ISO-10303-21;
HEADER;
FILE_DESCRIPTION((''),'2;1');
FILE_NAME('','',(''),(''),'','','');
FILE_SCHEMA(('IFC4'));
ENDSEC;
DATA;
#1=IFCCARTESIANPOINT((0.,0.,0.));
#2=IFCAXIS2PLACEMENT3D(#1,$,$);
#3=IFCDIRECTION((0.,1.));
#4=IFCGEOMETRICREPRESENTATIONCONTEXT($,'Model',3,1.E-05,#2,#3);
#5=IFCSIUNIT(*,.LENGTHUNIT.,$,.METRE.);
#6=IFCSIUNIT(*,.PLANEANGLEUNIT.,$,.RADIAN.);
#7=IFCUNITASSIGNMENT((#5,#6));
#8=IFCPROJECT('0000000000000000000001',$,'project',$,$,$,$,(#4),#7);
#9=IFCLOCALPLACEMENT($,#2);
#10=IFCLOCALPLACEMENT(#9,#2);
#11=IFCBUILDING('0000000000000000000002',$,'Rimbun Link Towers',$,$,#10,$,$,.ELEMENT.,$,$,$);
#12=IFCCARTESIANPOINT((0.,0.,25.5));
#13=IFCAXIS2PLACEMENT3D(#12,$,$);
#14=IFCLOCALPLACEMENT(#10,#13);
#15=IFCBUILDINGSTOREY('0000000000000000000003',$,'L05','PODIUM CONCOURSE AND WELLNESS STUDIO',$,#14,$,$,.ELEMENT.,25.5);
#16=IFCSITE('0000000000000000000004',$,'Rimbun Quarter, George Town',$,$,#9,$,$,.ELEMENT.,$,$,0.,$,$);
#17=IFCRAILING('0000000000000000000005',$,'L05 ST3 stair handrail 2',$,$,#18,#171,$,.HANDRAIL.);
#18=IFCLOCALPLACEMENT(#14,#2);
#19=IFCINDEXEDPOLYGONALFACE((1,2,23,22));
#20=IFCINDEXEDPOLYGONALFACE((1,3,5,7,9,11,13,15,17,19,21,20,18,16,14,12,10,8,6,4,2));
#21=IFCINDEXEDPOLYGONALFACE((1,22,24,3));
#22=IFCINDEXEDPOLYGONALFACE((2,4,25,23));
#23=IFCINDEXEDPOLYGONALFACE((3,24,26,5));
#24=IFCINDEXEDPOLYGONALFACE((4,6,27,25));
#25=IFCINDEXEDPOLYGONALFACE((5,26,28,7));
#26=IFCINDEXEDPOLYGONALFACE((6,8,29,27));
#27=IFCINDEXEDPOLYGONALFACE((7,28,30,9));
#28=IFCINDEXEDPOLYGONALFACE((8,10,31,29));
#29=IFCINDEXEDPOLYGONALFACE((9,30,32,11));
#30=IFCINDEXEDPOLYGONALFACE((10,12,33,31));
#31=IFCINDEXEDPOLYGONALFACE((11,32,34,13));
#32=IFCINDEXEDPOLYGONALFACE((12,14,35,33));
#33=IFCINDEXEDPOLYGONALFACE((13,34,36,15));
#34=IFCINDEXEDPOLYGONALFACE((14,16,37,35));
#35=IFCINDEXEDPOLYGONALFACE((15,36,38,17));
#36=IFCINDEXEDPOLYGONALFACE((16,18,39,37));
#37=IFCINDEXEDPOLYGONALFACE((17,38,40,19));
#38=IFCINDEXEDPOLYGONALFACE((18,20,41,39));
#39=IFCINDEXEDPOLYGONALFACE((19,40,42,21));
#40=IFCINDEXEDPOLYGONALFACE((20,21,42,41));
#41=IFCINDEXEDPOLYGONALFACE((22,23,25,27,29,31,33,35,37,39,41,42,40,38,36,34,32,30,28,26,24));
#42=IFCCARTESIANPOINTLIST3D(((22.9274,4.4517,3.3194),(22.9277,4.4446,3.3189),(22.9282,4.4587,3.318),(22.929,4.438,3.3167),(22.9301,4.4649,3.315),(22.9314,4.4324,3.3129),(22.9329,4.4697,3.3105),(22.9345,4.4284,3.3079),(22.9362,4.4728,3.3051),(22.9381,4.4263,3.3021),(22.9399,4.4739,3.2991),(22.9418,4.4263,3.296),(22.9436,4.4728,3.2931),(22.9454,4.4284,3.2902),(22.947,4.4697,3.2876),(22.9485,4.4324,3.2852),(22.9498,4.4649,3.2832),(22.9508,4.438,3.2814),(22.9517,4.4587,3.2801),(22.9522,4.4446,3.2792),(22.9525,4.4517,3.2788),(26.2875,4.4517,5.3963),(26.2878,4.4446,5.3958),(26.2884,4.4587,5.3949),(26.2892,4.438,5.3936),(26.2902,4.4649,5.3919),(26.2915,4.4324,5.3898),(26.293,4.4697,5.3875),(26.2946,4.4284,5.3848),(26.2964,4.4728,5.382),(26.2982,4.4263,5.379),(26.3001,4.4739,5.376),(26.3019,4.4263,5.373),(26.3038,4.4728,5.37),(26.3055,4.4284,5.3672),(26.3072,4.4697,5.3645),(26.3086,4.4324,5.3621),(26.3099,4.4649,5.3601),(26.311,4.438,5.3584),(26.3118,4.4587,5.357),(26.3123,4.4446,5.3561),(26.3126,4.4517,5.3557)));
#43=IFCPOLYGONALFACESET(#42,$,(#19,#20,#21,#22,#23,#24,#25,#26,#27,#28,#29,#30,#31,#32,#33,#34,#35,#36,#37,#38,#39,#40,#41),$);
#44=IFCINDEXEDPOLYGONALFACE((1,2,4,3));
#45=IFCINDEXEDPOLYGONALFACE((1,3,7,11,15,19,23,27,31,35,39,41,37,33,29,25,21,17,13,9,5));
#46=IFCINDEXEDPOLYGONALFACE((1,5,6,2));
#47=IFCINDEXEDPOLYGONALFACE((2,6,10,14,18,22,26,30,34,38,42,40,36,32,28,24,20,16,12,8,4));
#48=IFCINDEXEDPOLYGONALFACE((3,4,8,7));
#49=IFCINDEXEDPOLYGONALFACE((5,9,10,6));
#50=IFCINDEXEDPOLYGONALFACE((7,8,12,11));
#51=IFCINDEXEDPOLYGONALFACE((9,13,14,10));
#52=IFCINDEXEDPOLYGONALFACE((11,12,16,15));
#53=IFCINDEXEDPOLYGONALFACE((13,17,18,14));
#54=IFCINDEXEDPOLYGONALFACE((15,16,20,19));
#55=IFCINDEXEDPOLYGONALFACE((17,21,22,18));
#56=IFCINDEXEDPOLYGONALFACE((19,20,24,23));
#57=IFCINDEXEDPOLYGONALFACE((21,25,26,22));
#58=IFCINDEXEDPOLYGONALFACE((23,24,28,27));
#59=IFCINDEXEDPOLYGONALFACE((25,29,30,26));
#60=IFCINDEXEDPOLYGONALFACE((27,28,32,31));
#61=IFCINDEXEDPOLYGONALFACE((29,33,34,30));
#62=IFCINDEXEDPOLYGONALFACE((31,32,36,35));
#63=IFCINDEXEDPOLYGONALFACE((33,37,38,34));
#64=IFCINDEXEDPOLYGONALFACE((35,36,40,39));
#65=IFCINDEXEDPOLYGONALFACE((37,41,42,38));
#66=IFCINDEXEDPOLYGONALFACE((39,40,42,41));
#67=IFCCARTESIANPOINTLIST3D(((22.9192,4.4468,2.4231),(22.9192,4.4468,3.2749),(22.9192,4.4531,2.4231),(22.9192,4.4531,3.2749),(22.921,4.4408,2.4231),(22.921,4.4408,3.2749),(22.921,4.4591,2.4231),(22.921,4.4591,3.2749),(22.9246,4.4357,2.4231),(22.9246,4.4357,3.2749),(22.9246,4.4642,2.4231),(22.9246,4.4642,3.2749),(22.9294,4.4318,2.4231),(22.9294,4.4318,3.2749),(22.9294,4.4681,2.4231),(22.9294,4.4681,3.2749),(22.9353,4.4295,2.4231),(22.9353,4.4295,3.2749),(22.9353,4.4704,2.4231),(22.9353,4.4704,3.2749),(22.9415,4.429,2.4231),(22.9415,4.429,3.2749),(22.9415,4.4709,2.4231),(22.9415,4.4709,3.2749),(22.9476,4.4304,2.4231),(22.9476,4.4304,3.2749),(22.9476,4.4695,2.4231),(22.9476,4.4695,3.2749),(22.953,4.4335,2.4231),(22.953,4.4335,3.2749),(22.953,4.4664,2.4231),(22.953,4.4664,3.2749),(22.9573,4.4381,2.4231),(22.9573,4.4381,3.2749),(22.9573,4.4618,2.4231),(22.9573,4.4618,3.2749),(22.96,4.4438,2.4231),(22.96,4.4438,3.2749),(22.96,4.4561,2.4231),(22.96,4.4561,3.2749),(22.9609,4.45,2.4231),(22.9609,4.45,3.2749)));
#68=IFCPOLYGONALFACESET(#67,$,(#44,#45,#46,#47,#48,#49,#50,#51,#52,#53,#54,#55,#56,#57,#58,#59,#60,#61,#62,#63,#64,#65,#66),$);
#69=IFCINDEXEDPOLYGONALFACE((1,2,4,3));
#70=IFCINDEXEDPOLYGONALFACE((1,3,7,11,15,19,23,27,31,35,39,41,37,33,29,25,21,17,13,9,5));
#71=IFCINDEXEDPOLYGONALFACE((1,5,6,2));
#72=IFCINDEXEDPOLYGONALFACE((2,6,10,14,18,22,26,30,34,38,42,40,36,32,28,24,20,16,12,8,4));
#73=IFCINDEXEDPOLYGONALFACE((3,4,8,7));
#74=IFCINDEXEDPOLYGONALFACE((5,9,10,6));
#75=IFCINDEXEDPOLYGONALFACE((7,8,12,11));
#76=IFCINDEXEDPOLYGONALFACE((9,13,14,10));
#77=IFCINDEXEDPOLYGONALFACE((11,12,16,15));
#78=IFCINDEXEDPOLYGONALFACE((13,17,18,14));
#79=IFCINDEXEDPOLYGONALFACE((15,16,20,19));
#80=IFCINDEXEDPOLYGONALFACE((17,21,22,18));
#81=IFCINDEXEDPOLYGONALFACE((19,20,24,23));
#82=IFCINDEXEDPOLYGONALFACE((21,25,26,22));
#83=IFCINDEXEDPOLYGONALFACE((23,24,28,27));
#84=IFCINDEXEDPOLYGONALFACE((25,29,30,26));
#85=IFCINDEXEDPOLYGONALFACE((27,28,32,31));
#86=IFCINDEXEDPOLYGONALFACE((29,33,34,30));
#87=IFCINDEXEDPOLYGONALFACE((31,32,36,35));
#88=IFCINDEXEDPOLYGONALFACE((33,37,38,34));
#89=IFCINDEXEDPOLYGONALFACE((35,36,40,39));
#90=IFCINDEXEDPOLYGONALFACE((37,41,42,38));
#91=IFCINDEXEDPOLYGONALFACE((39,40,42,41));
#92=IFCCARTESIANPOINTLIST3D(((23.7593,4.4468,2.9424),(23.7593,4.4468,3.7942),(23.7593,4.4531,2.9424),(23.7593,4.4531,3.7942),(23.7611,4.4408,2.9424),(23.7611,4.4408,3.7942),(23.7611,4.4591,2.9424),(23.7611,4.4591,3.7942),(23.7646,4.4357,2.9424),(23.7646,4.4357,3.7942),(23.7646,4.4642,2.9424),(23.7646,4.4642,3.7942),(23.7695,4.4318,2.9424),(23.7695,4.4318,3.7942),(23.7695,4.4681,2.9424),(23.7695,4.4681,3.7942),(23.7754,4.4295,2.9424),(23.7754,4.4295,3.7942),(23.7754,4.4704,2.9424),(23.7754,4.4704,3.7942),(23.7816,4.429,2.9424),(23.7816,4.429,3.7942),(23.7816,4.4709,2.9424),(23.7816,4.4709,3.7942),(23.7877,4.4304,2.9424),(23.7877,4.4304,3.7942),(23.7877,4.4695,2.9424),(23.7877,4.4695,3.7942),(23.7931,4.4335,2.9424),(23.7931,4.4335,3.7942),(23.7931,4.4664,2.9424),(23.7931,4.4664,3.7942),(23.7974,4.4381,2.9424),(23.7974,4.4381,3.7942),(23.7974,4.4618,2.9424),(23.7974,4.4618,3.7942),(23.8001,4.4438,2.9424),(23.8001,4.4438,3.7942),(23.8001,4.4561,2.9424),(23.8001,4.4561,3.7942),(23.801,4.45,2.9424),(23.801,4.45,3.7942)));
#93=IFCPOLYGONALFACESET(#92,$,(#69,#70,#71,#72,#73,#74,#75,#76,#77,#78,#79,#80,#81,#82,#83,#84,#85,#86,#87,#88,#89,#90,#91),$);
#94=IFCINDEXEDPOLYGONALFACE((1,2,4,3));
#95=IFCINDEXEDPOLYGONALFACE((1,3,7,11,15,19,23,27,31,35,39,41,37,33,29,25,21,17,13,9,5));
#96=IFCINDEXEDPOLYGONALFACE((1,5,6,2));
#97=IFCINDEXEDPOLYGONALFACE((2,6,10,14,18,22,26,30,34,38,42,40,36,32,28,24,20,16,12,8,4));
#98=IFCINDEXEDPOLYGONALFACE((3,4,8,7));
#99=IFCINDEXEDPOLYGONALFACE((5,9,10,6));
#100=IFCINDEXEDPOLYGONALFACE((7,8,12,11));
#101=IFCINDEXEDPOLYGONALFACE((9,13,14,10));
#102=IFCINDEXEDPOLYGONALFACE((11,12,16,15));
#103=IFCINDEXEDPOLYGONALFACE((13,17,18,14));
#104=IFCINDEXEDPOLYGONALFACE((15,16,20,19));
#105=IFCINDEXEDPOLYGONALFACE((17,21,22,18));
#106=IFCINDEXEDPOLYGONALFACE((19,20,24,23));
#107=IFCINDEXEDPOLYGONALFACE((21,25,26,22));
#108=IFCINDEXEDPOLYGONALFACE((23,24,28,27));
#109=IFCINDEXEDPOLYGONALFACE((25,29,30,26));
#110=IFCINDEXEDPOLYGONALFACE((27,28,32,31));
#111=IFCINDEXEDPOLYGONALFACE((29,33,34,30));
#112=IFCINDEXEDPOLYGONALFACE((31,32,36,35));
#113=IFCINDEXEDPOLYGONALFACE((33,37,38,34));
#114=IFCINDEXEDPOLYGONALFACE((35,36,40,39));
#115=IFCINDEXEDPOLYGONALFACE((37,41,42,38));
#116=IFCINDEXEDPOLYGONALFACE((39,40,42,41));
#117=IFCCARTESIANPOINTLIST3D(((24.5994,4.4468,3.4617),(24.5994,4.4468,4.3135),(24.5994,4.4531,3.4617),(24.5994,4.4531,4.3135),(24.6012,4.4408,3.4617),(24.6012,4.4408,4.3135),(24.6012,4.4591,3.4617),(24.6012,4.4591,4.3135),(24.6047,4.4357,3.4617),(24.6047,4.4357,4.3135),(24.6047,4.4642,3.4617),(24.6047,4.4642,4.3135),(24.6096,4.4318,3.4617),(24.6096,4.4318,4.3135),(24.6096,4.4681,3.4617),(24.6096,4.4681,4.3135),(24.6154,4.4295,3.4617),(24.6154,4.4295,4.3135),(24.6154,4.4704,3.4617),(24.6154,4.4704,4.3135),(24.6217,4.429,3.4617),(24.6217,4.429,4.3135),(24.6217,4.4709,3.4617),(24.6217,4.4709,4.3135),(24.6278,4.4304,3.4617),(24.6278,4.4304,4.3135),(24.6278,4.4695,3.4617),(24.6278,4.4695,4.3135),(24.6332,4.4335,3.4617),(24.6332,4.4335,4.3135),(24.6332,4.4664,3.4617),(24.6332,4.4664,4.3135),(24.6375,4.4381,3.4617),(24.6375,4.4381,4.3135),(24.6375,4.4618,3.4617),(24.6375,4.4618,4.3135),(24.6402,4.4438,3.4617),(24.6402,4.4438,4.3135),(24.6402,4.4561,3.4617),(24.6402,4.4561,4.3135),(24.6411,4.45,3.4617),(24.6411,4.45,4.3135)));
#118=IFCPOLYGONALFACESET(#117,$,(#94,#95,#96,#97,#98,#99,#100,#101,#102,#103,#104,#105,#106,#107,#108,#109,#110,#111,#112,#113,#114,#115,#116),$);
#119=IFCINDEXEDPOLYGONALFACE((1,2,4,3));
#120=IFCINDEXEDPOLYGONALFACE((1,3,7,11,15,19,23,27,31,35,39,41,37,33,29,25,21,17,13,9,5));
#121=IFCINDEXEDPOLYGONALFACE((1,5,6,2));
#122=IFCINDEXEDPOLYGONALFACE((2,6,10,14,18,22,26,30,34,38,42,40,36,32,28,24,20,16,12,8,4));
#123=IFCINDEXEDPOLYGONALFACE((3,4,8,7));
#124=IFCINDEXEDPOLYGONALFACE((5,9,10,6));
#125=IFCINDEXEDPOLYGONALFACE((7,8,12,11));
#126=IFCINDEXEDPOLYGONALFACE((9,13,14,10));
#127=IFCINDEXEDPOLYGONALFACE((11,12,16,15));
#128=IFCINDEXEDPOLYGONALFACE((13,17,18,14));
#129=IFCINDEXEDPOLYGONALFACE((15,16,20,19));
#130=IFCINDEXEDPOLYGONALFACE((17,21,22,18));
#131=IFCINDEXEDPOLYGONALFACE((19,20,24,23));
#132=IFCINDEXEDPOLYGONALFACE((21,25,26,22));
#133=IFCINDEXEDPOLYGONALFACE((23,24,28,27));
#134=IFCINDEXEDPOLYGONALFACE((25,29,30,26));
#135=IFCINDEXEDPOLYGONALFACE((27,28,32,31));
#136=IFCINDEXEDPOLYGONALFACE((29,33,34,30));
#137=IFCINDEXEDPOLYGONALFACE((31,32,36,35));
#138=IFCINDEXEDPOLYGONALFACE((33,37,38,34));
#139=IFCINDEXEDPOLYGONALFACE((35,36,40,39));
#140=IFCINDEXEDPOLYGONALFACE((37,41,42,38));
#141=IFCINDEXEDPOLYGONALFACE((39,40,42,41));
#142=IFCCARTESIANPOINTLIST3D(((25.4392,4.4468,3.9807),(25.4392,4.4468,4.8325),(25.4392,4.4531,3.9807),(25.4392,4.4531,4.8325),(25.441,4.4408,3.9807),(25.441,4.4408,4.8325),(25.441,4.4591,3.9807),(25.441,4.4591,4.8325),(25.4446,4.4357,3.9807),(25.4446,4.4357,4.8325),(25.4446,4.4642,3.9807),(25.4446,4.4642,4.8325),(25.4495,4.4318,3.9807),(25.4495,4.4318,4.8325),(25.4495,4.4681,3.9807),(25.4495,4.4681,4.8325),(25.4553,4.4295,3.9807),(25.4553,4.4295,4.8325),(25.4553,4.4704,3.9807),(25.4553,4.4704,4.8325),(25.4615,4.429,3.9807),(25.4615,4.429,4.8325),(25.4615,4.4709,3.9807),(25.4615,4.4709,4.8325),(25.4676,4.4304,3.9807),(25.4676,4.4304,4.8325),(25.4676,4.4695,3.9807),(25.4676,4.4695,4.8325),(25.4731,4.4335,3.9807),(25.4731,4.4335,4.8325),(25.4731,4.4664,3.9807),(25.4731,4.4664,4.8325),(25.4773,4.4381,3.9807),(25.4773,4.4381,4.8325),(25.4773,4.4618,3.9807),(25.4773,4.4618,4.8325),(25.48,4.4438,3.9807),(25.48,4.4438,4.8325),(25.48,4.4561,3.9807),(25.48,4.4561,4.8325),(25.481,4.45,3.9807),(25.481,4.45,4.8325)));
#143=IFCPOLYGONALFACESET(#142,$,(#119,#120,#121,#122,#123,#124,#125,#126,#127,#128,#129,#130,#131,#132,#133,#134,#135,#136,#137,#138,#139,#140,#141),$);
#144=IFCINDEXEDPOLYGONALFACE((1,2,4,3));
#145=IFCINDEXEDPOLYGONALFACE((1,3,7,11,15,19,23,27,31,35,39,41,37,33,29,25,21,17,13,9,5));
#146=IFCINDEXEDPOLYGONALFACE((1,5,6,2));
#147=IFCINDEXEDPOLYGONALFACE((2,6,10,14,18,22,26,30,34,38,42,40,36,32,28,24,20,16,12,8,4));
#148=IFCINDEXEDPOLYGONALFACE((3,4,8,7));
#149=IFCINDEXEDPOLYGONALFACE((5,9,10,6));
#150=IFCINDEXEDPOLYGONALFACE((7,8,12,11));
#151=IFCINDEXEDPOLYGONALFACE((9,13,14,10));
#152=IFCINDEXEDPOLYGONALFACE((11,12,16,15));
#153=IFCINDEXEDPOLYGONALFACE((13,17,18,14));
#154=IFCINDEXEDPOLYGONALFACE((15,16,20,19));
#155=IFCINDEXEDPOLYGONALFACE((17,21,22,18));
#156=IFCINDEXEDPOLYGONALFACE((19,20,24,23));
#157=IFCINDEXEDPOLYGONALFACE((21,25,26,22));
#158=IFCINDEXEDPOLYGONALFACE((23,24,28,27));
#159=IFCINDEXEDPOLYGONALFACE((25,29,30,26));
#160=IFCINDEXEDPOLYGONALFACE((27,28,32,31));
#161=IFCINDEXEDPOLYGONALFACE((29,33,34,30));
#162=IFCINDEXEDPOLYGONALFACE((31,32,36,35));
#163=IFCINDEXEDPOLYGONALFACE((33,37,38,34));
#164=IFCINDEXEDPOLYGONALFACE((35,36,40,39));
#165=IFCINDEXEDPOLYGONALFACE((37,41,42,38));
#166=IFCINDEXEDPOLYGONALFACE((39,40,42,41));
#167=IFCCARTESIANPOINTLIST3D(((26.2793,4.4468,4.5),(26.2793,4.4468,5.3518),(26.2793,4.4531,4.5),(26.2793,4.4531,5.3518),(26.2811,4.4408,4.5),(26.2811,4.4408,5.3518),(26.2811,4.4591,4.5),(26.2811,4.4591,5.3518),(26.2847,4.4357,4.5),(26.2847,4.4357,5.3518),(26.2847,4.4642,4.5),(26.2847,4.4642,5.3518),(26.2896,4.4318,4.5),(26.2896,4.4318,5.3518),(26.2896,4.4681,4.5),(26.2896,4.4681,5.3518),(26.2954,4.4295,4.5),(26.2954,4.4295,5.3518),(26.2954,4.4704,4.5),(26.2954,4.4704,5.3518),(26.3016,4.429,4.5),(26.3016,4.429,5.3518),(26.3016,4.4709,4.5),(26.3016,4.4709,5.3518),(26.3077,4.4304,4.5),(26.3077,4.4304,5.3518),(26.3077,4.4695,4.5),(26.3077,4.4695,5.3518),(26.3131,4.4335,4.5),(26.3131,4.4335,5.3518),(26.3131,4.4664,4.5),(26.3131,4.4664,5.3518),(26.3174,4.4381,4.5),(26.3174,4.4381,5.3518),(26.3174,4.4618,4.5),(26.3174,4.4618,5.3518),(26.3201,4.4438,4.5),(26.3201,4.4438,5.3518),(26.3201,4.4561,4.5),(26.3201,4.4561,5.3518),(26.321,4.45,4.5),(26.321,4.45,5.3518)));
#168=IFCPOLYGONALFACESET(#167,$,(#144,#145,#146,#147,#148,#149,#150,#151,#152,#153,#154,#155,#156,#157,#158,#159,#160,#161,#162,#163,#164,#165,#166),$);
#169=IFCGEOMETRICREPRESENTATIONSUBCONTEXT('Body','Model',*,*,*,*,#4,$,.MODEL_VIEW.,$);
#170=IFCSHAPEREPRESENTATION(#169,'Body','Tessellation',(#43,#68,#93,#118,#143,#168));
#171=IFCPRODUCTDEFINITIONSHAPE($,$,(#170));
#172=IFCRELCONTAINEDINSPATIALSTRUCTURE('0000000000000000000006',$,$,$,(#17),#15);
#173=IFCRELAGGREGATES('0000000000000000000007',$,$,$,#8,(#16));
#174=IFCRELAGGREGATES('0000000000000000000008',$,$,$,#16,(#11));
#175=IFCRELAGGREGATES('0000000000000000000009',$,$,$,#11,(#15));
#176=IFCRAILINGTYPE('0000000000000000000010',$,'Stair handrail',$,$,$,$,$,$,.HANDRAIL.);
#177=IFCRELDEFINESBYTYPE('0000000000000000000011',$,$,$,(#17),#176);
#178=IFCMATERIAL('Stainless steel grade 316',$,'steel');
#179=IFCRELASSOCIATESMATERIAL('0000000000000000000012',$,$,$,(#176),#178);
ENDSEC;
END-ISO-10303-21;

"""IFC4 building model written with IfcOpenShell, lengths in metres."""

from ifc_helpers import new_model, si_unit, direction, frame, origin, origin_2d, place, context, subcontext, project, spatial, circle, extrude, material, type_object, element, save


model = new_model("IFC4")

# Units and contexts
model_context = context("Model", 3, precision=1e-05, world=origin(), true_north=direction((0.0, 1.0)))
body_context = subcontext(model_context, "Body", "Model", "MODEL_VIEW")
ifc_project = project(units=[si_unit("LENGTHUNIT", "METRE"), si_unit("PLANEANGLEUNIT", "RADIAN")], contexts=[model_context])

# Site, building, storey
site_placement = place(None, origin())
site = spatial("IfcSite", under=ifc_project, at=site_placement, Name="Rimbun Quarter, George Town", CompositionType="ELEMENT", RefElevation=0.0)
building_placement = place(site_placement, origin())
building = spatial("IfcBuilding", under=site, at=building_placement, Name="Rimbun Link Towers", CompositionType="ELEMENT")
storey_placement = place(building_placement, frame((0.0, 0.0, 25.5)))
storey = spatial("IfcBuildingStorey", under=building, at=storey_placement, Name="L05", Description="PODIUM CONCOURSE AND WELLNESS STUDIO", CompositionType="ELEMENT", Elevation=25.5)

# Railing
ifc_material_1 = material(Name="Stainless steel grade 316", Category="steel")
railing_type_1 = type_object("IfcRailingType", Name="Stair handrail", PredefinedType="HANDRAIL", material=ifc_material_1)
railing_1_placement = place(storey_placement, frame((22.9399, 4.45, 2.4231)))
element("IfcRailing", 1, at=railing_1_placement, inside=storey, type_object=railing_type_1, Name="L05 ST3 stair handrail 2", PredefinedType="HANDRAIL", context=body_context, shape_type="SweptSolid", body=[
    extrude(circle(Radius=0.0239, at=origin_2d()), frame((0.0, 0.0, 0.876), z_axis=(0.850623, 0.0, 0.525776), x_axis=(0.0, 1.0, 0.0)), (0.0, 0.0, 1.0), 3.9502),
    extrude(circle(Radius=0.021, at=origin_2d()), origin(), (0.0, 0.0, 1.0), 0.8518),
    extrude(circle(Radius=0.021, at=origin_2d()), frame((0.8401, 0.0, 0.5193)), (0.0, 0.0, 1.0), 0.8518),
    extrude(circle(Radius=0.021, at=origin_2d()), frame((1.6802, 0.0, 1.0386)), (0.0, 0.0, 1.0), 0.8518),
    extrude(circle(Radius=0.021, at=origin_2d()), frame((2.52, 0.0, 1.5576)), (0.0, 0.0, 1.0), 0.8518),
    extrude(circle(Radius=0.021, at=origin_2d()), frame((3.3601, 0.0, 2.0769)), (0.0, 0.0, 1.0), 0.8518),
])

save(model, "model.ifc")
